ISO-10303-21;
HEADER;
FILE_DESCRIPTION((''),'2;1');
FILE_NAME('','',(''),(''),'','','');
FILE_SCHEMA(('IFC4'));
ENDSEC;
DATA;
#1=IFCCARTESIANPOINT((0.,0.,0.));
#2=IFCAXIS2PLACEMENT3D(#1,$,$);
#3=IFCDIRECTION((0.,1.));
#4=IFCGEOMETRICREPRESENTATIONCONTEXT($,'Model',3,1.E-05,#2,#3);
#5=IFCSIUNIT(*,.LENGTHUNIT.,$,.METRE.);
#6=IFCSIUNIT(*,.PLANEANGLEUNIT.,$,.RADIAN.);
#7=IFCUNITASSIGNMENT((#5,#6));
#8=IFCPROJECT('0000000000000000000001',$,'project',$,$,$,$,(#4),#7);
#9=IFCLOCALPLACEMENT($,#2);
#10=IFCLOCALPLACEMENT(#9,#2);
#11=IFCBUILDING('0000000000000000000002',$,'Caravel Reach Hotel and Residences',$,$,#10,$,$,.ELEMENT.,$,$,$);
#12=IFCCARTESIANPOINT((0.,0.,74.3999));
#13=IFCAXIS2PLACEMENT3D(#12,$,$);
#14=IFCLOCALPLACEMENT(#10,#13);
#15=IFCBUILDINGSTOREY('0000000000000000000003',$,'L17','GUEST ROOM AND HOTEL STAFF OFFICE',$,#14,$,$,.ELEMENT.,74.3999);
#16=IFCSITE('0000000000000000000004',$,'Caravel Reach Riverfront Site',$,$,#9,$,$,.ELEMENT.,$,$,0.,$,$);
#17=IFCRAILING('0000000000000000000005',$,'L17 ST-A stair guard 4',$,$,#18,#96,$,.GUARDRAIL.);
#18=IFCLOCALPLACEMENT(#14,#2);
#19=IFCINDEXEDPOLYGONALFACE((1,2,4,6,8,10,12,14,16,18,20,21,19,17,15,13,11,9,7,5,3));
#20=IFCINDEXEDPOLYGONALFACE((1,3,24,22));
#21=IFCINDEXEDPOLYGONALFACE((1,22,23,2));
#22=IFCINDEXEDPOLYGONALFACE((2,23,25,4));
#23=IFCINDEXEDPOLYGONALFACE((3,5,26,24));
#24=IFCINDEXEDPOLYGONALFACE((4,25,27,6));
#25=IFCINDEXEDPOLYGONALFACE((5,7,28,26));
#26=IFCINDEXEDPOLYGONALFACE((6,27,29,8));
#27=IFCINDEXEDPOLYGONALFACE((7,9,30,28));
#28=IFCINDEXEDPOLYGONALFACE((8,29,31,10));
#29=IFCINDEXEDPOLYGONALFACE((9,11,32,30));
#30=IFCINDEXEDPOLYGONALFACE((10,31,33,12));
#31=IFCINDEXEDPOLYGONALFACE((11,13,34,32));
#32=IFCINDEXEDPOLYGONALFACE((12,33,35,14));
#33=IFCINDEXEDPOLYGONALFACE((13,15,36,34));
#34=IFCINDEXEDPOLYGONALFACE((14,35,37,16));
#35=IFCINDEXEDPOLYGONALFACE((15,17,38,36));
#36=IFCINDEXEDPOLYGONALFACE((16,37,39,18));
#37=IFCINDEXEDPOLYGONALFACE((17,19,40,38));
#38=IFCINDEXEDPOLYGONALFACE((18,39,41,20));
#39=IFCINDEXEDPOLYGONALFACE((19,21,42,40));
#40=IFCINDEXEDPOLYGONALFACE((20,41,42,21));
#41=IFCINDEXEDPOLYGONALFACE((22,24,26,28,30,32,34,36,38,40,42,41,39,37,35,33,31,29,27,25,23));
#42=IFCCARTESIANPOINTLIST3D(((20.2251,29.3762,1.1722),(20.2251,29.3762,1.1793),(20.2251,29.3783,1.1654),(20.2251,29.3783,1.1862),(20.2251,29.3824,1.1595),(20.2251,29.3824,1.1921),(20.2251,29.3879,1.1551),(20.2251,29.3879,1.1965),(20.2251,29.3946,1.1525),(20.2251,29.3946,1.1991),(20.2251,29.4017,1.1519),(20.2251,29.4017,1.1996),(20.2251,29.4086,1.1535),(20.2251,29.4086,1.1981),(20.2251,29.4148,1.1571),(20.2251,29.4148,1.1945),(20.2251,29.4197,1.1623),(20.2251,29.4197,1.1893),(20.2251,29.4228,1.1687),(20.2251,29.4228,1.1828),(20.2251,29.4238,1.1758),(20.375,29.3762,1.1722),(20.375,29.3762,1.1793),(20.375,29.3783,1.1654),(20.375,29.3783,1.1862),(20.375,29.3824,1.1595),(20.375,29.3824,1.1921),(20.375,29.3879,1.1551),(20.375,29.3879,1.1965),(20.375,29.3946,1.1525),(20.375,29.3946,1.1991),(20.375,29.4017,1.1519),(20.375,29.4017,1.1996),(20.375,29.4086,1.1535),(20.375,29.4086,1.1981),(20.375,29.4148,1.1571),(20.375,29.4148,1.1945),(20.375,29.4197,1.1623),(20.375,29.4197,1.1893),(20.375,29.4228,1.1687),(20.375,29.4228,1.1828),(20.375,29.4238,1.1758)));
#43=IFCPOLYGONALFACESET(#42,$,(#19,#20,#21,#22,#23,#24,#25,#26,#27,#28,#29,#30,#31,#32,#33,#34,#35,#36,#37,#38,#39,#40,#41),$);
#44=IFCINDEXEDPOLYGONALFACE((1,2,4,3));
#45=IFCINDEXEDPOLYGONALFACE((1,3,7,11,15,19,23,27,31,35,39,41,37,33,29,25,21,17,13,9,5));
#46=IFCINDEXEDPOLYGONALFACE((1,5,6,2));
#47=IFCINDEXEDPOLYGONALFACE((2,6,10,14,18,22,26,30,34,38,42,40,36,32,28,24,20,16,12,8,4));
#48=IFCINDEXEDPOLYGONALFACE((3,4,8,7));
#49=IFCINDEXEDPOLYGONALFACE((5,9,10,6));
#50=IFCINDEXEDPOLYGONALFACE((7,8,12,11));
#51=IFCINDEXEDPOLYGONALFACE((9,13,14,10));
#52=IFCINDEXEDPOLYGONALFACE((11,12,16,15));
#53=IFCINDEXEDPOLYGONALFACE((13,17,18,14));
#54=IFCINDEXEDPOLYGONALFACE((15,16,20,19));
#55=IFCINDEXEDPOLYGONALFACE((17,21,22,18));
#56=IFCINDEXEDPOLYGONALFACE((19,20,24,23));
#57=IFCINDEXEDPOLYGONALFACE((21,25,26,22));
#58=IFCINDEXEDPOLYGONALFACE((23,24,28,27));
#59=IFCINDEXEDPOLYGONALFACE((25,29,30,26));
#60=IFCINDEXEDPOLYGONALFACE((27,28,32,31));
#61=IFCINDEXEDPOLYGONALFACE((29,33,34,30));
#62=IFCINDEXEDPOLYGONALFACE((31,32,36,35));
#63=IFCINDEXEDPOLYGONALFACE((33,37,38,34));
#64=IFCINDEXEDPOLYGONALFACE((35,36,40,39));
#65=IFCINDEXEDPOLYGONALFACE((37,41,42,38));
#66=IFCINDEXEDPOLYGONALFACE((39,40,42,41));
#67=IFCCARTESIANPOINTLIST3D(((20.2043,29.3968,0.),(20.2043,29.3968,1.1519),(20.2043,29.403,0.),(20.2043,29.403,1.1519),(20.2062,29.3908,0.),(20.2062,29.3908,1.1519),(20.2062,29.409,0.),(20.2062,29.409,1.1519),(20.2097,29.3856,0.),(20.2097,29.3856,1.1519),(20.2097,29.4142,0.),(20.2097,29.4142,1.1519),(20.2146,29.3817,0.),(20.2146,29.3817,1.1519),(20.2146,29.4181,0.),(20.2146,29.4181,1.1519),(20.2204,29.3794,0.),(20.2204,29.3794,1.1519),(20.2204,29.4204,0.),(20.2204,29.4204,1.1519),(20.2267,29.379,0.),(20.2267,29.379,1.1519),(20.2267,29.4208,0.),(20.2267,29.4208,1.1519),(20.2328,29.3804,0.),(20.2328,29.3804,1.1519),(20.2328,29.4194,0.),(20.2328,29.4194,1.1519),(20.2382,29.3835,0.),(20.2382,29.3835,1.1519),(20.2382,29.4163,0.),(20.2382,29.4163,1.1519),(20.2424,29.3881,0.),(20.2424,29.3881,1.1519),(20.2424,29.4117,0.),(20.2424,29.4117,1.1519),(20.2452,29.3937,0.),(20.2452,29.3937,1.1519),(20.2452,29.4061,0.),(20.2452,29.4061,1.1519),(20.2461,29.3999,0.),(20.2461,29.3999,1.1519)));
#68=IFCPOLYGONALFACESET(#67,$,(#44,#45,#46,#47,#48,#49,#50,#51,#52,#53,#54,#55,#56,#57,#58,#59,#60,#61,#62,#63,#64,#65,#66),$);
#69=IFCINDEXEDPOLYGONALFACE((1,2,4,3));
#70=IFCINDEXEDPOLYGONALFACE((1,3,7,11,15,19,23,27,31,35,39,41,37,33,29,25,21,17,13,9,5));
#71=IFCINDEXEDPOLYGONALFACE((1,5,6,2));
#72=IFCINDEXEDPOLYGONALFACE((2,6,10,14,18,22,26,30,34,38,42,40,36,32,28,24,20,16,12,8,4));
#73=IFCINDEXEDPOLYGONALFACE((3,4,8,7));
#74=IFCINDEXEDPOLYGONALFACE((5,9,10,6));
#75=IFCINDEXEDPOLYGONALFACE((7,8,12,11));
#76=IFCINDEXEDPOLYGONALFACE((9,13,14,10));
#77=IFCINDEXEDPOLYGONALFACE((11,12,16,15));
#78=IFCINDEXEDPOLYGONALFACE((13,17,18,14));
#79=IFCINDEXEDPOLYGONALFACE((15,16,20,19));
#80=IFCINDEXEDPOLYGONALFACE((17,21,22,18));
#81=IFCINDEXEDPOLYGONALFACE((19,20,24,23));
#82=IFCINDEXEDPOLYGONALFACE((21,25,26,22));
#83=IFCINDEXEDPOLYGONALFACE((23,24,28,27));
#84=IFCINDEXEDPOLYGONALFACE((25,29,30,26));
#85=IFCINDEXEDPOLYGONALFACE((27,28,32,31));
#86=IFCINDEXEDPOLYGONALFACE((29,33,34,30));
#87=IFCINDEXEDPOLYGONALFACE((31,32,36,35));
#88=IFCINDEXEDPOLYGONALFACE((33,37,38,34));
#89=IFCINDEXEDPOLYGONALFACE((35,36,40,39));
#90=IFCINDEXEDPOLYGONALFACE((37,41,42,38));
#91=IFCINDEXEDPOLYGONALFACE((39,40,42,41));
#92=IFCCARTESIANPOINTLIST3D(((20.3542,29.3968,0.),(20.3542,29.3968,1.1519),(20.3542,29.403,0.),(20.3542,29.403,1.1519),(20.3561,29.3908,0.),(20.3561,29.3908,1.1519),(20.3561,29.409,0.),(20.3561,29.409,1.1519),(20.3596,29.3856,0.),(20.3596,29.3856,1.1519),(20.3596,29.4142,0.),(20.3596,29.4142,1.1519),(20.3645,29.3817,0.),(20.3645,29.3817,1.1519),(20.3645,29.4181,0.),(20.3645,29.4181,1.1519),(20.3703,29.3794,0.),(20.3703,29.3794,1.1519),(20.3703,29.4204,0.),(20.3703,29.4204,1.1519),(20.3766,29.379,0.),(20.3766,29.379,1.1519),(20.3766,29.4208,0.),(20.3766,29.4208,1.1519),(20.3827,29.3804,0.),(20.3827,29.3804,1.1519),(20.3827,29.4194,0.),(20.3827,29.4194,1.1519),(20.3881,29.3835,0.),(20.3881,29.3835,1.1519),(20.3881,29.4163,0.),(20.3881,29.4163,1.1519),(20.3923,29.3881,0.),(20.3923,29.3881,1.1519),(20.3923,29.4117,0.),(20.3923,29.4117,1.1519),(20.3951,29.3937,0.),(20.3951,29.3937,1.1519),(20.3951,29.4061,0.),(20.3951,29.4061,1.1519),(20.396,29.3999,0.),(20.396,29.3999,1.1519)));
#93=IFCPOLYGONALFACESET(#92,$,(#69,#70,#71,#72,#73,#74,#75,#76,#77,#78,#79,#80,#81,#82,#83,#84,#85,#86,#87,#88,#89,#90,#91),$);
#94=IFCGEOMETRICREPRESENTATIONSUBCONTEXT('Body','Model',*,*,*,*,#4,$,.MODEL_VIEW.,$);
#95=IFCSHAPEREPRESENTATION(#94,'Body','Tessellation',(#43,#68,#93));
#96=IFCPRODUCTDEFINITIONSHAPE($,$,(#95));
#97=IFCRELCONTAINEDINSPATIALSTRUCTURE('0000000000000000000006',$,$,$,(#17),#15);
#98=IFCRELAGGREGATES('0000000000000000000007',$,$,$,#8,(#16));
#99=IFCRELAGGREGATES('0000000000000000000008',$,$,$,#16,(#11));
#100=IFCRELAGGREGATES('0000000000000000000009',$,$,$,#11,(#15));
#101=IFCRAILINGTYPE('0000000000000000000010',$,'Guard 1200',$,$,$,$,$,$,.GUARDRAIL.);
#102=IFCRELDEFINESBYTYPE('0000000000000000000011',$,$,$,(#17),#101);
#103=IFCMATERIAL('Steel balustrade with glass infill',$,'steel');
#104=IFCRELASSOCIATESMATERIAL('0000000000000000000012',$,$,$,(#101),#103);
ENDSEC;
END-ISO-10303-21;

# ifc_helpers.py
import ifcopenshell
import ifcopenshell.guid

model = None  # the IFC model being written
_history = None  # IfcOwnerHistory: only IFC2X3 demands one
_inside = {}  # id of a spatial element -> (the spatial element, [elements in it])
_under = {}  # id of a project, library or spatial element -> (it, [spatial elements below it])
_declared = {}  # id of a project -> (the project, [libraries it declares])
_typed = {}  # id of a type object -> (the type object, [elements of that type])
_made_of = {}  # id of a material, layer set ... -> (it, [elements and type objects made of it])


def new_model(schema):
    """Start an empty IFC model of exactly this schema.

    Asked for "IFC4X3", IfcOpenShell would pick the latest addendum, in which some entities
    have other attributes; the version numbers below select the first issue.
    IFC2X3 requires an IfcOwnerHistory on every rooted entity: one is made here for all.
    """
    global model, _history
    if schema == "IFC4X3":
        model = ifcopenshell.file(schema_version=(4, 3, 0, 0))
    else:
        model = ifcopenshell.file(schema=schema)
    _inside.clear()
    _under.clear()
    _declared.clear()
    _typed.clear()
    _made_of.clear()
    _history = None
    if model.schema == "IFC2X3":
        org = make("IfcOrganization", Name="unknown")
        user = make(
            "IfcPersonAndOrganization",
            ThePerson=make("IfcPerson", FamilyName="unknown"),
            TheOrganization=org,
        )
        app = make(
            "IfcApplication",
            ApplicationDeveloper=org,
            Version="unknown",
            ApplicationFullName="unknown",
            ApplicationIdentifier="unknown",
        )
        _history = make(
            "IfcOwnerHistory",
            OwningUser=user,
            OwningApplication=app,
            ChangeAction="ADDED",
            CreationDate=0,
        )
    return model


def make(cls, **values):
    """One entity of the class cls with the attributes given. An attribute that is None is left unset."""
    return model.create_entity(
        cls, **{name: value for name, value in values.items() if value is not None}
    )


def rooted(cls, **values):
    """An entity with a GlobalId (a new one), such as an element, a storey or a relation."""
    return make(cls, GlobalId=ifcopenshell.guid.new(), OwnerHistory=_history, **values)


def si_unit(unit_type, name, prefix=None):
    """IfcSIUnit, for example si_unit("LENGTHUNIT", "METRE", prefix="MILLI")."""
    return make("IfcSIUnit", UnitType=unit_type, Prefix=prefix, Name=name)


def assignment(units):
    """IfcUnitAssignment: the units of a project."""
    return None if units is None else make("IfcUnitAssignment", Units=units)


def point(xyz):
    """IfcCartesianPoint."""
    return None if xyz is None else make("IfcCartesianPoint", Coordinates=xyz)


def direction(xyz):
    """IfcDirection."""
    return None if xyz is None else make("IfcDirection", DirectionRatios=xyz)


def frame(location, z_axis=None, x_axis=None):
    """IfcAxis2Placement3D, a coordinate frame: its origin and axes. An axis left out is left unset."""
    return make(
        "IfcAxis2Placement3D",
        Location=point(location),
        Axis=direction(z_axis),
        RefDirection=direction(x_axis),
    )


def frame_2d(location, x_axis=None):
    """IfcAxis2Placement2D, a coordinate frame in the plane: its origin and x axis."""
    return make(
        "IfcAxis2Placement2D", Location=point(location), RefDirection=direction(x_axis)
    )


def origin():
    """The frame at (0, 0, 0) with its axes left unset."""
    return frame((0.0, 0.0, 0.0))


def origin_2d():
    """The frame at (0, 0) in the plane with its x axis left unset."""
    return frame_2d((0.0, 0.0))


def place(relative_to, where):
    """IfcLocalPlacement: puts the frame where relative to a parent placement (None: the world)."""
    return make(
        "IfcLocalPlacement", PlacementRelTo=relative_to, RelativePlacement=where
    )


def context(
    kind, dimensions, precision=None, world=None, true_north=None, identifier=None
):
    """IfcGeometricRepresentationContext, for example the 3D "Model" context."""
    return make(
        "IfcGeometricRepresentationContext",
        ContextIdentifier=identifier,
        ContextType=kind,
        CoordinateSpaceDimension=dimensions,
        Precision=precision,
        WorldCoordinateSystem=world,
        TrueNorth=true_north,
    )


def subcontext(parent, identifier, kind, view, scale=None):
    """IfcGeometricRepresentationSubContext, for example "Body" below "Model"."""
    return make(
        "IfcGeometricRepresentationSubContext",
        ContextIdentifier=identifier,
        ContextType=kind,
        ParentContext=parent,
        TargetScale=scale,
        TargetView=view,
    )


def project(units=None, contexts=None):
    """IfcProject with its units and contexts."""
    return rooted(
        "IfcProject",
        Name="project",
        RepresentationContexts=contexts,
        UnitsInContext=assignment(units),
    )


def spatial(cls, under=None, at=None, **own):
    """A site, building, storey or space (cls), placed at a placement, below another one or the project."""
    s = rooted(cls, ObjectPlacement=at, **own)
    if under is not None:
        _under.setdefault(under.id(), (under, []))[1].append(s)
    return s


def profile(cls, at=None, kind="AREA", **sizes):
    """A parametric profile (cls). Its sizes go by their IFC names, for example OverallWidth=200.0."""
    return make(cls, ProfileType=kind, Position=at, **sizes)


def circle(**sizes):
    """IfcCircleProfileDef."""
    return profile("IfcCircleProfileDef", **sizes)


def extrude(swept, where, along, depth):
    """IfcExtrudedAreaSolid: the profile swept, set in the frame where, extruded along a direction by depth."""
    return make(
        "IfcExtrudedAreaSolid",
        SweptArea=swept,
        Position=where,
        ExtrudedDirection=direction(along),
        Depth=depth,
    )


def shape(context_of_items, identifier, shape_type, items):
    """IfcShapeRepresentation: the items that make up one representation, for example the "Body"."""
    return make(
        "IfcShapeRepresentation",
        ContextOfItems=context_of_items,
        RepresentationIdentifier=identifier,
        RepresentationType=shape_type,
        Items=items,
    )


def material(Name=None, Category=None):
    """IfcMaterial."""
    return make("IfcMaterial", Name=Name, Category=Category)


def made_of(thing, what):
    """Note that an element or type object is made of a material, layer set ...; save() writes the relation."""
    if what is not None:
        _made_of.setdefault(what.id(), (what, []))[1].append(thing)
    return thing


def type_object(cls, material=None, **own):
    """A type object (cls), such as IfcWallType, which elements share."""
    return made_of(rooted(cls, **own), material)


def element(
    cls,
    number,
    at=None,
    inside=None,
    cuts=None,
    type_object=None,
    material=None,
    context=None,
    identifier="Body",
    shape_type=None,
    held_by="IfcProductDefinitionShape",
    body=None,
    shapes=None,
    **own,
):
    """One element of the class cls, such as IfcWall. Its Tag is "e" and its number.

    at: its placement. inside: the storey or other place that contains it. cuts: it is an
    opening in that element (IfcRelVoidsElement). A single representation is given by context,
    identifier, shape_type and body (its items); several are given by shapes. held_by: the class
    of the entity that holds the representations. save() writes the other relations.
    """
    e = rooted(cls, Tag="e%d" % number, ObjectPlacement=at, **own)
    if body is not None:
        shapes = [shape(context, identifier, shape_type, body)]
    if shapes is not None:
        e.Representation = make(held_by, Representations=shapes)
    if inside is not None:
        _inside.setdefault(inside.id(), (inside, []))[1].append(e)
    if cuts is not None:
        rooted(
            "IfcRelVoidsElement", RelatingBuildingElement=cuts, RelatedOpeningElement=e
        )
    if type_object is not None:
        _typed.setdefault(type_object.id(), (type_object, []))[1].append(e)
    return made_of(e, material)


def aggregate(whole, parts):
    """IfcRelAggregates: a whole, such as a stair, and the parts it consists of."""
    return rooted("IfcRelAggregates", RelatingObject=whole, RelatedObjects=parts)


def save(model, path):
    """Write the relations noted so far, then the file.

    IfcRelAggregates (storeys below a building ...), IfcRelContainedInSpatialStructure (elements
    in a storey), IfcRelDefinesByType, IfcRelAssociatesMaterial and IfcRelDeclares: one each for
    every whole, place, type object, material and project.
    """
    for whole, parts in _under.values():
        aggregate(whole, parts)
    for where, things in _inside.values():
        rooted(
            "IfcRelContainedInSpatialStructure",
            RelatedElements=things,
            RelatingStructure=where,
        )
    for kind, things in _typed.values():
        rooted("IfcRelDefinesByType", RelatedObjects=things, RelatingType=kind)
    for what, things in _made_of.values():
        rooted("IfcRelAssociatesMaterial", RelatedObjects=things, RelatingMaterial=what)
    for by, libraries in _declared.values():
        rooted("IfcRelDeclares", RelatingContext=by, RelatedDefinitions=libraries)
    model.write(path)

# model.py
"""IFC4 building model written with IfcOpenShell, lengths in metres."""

from ifc_helpers import new_model, si_unit, direction, frame, origin, origin_2d, place, context, subcontext, project, spatial, circle, extrude, material, type_object, element, save


model = new_model("IFC4")

# Units and contexts
model_context = context("Model", 3, precision=1e-05, world=origin(), true_north=direction((0.0, 1.0)))
body_context = subcontext(model_context, "Body", "Model", "MODEL_VIEW")
ifc_project = project(units=[si_unit("LENGTHUNIT", "METRE"), si_unit("PLANEANGLEUNIT", "RADIAN")], contexts=[model_context])

# Site, building, storey
site_placement = place(None, origin())
site = spatial("IfcSite", under=ifc_project, at=site_placement, Name="Caravel Reach Riverfront Site", CompositionType="ELEMENT", RefElevation=0.0)
building_placement = place(site_placement, origin())
building = spatial("IfcBuilding", under=site, at=building_placement, Name="Caravel Reach Hotel and Residences", CompositionType="ELEMENT")
storey_placement = place(building_placement, frame((0.0, 0.0, 74.3999)))
storey = spatial("IfcBuildingStorey", under=building, at=storey_placement, Name="L17", Description="GUEST ROOM AND HOTEL STAFF OFFICE", CompositionType="ELEMENT", Elevation=74.3999)

# Railing
ifc_material_1 = material(Name="Steel balustrade with glass infill", Category="steel")
railing_type_1 = type_object("IfcRailingType", Name="Guard 1200", PredefinedType="GUARDRAIL", material=ifc_material_1)
railing_1_placement = place(storey_placement, frame((20.2251, 29.3999, 0.0)))
element("IfcRailing", 1, at=railing_1_placement, inside=storey, type_object=railing_type_1, Name="L17 ST-A stair guard 4", PredefinedType="GUARDRAIL", context=body_context, shape_type="SweptSolid", body=[
    extrude(circle(Radius=0.0239, at=origin_2d()), frame((0.0, 0.0, 1.1758), z_axis=(1.0, 0.0, 0.0), x_axis=(0.0, 1.0, 0.0)), (0.0, 0.0, 1.0), 0.1499),
    extrude(circle(Radius=0.021, at=origin_2d()), origin(), (0.0, 0.0, 1.0), 1.1519),
    extrude(circle(Radius=0.021, at=origin_2d()), frame((0.1499, 0.0, 0.0)), (0.0, 0.0, 1.0), 1.1519),
])

save(model, "model.ifc")
